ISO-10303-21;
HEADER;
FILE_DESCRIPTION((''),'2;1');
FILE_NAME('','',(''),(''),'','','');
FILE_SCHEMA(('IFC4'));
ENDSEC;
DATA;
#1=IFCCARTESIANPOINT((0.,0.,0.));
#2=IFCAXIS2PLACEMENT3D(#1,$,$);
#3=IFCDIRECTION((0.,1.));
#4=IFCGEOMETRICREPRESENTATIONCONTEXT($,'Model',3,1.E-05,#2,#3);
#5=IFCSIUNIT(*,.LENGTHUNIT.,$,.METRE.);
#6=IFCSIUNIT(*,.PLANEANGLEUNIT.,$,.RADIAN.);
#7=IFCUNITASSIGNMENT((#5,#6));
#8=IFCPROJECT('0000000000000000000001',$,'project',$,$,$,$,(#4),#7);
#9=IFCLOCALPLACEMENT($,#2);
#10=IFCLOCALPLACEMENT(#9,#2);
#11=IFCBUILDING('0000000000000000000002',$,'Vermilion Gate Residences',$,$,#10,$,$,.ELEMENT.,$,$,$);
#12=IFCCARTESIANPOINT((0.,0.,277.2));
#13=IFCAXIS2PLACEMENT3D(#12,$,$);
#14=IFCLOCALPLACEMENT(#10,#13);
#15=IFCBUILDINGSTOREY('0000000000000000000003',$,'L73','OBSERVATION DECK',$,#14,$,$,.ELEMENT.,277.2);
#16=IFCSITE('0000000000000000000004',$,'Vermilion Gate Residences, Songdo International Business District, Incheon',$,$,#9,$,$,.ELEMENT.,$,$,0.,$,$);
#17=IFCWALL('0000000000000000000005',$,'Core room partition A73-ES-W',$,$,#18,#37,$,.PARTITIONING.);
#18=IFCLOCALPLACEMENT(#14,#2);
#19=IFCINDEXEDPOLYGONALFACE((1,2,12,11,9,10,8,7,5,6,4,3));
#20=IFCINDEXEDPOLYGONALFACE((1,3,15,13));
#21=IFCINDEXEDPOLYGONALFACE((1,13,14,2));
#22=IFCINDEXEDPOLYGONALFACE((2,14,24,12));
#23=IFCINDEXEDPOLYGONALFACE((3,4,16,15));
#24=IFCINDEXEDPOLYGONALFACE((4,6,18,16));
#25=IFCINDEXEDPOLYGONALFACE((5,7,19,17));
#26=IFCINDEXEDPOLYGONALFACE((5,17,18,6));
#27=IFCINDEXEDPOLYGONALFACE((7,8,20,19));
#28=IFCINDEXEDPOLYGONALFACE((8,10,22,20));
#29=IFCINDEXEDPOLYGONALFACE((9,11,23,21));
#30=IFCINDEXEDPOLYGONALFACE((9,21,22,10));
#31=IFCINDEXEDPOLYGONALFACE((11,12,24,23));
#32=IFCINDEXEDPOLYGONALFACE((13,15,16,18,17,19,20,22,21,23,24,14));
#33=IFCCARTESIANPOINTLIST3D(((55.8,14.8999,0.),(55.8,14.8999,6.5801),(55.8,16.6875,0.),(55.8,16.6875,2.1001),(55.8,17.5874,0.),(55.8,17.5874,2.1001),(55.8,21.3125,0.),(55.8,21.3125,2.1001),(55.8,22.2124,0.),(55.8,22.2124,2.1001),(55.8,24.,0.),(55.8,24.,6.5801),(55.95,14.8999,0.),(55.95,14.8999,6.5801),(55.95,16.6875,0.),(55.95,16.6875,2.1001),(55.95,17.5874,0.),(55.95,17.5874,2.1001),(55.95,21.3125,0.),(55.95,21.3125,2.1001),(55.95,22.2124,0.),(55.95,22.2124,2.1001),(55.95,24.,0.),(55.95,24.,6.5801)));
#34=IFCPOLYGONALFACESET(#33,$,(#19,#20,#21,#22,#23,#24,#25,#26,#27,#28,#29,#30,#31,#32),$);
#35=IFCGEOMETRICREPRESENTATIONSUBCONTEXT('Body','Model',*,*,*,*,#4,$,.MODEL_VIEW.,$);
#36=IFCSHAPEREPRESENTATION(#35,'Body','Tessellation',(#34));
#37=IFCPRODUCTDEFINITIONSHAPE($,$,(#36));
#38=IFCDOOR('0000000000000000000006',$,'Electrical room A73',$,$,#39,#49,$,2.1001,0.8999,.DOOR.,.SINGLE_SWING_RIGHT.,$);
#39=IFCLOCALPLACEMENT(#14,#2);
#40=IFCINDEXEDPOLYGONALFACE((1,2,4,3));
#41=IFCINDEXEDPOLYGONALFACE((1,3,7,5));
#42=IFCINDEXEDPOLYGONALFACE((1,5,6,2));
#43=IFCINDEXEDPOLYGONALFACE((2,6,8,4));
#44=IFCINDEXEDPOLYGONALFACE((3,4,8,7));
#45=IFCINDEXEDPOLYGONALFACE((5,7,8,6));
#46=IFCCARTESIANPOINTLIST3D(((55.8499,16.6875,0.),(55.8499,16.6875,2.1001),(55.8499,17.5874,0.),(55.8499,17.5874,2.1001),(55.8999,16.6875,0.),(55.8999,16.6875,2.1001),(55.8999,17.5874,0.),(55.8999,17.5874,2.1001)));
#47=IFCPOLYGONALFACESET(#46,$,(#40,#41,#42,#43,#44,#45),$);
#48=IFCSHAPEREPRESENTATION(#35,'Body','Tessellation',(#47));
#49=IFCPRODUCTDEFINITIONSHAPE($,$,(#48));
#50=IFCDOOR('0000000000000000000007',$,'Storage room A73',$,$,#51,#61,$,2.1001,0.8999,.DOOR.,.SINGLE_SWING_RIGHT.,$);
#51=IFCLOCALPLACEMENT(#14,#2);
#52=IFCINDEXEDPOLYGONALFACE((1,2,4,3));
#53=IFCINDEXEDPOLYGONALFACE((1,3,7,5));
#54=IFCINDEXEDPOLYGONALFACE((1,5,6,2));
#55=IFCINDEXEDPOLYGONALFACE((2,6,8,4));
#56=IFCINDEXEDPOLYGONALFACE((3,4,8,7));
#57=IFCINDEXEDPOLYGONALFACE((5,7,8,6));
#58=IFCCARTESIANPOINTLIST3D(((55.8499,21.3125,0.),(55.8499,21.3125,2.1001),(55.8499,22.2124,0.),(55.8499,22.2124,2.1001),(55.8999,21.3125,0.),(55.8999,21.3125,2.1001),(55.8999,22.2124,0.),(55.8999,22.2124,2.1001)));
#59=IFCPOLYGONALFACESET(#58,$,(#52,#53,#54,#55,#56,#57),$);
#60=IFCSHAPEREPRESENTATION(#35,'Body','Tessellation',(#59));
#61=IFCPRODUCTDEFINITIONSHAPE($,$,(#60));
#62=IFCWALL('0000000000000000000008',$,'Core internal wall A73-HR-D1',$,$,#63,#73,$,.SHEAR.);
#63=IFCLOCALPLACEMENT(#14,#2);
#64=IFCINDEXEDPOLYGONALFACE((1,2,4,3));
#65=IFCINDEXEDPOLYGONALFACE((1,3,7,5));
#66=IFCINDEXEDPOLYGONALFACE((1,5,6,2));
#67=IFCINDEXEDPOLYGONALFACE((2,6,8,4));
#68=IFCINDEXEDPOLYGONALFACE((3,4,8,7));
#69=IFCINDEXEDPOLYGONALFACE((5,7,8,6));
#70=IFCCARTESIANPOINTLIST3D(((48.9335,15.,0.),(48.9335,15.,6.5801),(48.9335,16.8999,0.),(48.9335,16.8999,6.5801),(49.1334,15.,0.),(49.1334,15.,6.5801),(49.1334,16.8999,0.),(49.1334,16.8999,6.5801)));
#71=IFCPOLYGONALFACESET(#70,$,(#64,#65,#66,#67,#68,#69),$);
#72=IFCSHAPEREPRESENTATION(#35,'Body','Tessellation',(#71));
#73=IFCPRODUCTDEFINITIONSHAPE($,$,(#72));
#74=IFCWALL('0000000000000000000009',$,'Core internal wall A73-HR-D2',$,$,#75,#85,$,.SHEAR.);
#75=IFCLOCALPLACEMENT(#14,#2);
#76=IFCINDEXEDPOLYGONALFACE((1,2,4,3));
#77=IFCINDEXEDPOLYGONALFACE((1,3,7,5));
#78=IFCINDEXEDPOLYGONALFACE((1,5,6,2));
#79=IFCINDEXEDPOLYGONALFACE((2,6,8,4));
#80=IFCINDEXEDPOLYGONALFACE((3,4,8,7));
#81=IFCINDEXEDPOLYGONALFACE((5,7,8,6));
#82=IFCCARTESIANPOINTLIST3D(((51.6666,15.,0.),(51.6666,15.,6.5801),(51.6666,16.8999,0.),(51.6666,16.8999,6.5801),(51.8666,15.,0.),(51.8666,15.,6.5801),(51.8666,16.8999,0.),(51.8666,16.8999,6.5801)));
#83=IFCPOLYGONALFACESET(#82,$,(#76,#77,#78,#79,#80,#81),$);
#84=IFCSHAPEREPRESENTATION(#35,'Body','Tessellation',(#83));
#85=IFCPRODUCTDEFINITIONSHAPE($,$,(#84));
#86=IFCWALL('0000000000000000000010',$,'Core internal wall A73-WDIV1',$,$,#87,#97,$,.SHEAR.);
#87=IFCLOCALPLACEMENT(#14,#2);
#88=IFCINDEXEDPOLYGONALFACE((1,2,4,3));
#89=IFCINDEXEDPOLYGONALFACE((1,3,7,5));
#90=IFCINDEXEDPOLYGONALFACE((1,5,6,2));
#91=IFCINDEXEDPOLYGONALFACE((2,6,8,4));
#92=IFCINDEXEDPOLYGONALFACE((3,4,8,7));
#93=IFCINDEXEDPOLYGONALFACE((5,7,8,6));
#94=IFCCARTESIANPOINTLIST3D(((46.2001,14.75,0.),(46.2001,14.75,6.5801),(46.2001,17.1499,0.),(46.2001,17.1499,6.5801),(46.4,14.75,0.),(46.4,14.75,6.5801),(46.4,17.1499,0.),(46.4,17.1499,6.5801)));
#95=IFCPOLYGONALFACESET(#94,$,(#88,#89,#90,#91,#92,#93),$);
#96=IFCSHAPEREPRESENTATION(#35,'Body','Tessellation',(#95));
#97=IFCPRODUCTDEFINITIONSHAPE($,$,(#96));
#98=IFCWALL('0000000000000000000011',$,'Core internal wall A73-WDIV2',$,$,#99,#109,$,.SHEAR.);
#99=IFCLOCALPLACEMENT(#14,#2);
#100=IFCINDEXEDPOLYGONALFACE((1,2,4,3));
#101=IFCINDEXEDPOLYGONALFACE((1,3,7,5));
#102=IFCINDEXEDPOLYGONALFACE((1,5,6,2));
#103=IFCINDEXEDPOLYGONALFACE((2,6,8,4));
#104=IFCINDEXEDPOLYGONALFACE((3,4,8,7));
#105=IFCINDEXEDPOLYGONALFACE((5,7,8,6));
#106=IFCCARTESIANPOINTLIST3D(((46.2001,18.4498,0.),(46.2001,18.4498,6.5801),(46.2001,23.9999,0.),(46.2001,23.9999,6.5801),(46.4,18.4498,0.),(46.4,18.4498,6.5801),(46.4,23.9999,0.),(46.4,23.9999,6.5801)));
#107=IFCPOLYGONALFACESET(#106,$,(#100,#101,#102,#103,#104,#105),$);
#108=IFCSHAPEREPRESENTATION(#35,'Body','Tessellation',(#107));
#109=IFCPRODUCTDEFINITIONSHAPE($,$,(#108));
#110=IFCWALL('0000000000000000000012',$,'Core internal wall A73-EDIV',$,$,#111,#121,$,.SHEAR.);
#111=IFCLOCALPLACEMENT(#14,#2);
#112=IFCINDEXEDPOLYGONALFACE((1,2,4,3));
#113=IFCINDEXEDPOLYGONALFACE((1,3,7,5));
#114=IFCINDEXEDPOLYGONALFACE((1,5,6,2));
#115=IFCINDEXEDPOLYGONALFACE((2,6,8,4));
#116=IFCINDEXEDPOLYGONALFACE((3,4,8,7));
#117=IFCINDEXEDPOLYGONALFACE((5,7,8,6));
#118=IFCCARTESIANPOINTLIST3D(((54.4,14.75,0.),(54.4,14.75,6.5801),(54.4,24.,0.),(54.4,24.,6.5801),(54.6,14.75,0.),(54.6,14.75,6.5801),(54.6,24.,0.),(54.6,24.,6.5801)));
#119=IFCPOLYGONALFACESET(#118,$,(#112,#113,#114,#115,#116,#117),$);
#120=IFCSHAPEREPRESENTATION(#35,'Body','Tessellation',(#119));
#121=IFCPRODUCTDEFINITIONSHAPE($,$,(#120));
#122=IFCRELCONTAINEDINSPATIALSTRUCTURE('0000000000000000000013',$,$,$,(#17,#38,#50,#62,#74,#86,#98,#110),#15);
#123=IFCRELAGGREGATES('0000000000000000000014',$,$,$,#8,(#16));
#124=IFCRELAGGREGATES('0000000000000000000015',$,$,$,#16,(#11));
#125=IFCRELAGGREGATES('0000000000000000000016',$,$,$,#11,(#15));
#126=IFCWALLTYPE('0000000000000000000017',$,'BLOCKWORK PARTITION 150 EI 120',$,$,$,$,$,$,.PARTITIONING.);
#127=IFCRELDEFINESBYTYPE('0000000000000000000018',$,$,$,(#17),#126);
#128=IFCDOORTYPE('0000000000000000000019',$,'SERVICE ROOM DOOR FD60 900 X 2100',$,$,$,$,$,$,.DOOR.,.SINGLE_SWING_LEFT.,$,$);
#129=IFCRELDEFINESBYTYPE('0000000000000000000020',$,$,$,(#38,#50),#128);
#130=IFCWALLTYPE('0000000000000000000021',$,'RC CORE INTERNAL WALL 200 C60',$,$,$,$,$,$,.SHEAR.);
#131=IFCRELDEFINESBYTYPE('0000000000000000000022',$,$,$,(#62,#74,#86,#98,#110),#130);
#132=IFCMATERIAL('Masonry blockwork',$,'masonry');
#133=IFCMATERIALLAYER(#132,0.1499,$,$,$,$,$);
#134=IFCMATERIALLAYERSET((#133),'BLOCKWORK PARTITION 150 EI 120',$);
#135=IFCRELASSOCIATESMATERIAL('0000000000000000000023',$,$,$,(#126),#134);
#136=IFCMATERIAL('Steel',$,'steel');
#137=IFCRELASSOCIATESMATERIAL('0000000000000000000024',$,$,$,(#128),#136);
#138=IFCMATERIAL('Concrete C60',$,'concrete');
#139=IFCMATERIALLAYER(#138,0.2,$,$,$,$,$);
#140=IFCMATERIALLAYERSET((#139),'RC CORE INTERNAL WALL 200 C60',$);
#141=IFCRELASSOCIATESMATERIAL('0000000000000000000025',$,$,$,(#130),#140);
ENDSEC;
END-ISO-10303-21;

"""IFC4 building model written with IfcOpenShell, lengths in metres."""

from ifc_helpers import new_model, si_unit, direction, frame, frame_2d, origin, place, context, subcontext, project, spatial, rectangle, extrude, material, layer, layer_set, type_object, element, fill, save


model = new_model("IFC4")

# Units and contexts
model_context = context("Model", 3, precision=1e-05, world=origin(), true_north=direction((0.0, 1.0)))
body_context = subcontext(model_context, "Body", "Model", "MODEL_VIEW")
ifc_project = project(units=[si_unit("LENGTHUNIT", "METRE"), si_unit("PLANEANGLEUNIT", "RADIAN")], contexts=[model_context])

# Site, building, storey
site_placement = place(None, origin())
site = spatial("IfcSite", under=ifc_project, at=site_placement, Name="Vermilion Gate Residences, Songdo International Business District, Incheon", CompositionType="ELEMENT", RefElevation=0.0)
building_placement = place(site_placement, origin())
building = spatial("IfcBuilding", under=site, at=building_placement, Name="Vermilion Gate Residences", CompositionType="ELEMENT")
storey_placement = place(building_placement, frame((0.0, 0.0, 277.2)))
storey = spatial("IfcBuildingStorey", under=building, at=storey_placement, Name="L73", Description="OBSERVATION DECK", CompositionType="ELEMENT", Elevation=277.2)

# Shared definitions
ifc_material_1 = material(Name="Masonry blockwork", Category="masonry")
ifc_layer_1 = layer(ifc_material_1, 0.1499)
ifc_layer_set_1 = layer_set([ifc_layer_1], Name="BLOCKWORK PARTITION 150 EI 120")
wall_type_1 = type_object("IfcWallType", Name="BLOCKWORK PARTITION 150 EI 120", PredefinedType="PARTITIONING", material=ifc_layer_set_1)

# Shared definitions
ifc_material_2 = material(Name="Steel", Category="steel")
door_type_1 = type_object("IfcDoorType", Name="SERVICE ROOM DOOR FD60 900 X 2100", OperationType="SINGLE_SWING_LEFT", PredefinedType="DOOR", material=ifc_material_2)

# Wall, openings, doors
wall_1_placement = place(storey_placement, frame((55.875, 14.8999, 0.0), z_axis=(0.0, 0.0, 1.0), x_axis=(0.0, 1.0, 0.0)))
wall_1 = element("IfcWall", 1, at=wall_1_placement, inside=storey, type_object=wall_type_1, Name="Core room partition A73-ES-W", PredefinedType="PARTITIONING", context=body_context, shape_type="SweptSolid", body=[
    extrude(rectangle(XDim=9.1001, YDim=0.1499, at=frame_2d((4.55, 0.0))), origin(), (0.0, 0.0, 1.0), 6.5801),
])
opening_1_placement = place(wall_1_placement, frame((1.7876, 0.0, 0.0)))
opening_1 = element("IfcOpeningElement", 2, at=opening_1_placement, cuts=wall_1, PredefinedType="OPENING", context=body_context, shape_type="SweptSolid", body=[
    extrude(rectangle(XDim=0.8999, YDim=2.1001, at=frame_2d((0.45, 1.05))), frame((0.0, 0.085, 0.0), z_axis=(0.0, -1.0, 0.0), x_axis=(1.0, 0.0, 0.0)), (0.0, 0.0, 1.0), 0.1699),
])
opening_2_placement = place(wall_1_placement, frame((6.4126, 0.0, 0.0)))
opening_2 = element("IfcOpeningElement", 3, at=opening_2_placement, cuts=wall_1, PredefinedType="OPENING", context=body_context, shape_type="SweptSolid", body=[
    extrude(rectangle(XDim=0.8999, YDim=2.1001, at=frame_2d((0.45, 1.05))), frame((0.0, 0.085, 0.0), z_axis=(0.0, -1.0, 0.0), x_axis=(1.0, 0.0, 0.0)), (0.0, 0.0, 1.0), 0.1699),
])
door_1_placement = place(opening_1_placement, frame((0.8999, 0.0, 0.0), z_axis=(0.0, 0.0, 1.0), x_axis=(-1.0, 0.0, 0.0)))
door_1 = element("IfcDoor", 4, at=door_1_placement, inside=storey, type_object=door_type_1, Name="Electrical room A73", OperationType="SINGLE_SWING_RIGHT", OverallHeight=2.1001, OverallWidth=0.8999, PredefinedType="DOOR", context=body_context, shape_type="SweptSolid", body=[
    extrude(rectangle(XDim=0.8999, YDim=2.1001, at=frame_2d((0.45, 1.05))), frame((0.0, 0.0249, 0.0), z_axis=(0.0, -1.0, 0.0), x_axis=(1.0, 0.0, 0.0)), (0.0, 0.0, 1.0), 0.05),
])
fill(opening_1, door_1)
door_2_placement = place(opening_2_placement, frame((0.8999, 0.0, 0.0), z_axis=(0.0, 0.0, 1.0), x_axis=(-1.0, 0.0, 0.0)))
door_2 = element("IfcDoor", 5, at=door_2_placement, inside=storey, type_object=door_type_1, Name="Storage room A73", OperationType="SINGLE_SWING_RIGHT", OverallHeight=2.1001, OverallWidth=0.8999, PredefinedType="DOOR", context=body_context, shape_type="SweptSolid", body=[
    extrude(rectangle(XDim=0.8999, YDim=2.1001, at=frame_2d((0.45, 1.05))), frame((0.0, 0.0249, 0.0), z_axis=(0.0, -1.0, 0.0), x_axis=(1.0, 0.0, 0.0)), (0.0, 0.0, 1.0), 0.05),
])
fill(opening_2, door_2)

# Walls
ifc_material_3 = material(Name="Concrete C60", Category="concrete")
ifc_layer_2 = layer(ifc_material_3, 0.2)
ifc_layer_set_2 = layer_set([ifc_layer_2], Name="RC CORE INTERNAL WALL 200 C60")
wall_type_2 = type_object("IfcWallType", Name="RC CORE INTERNAL WALL 200 C60", PredefinedType="SHEAR", material=ifc_layer_set_2)
for number, where, z_axis, x_axis, name in (
    (6, (49.0334, 15.0, 0.0), (0.0, 0.0, 1.0), (0.0, 1.0, 0.0), "Core internal wall A73-HR-D1"),
    (7, (51.7666, 15.0, 0.0), (0.0, 0.0, 1.0), (0.0, 1.0, 0.0), "Core internal wall A73-HR-D2"),
):
    element("IfcWall", number, at=place(storey_placement, frame(where, z_axis=z_axis, x_axis=x_axis)), inside=storey, type_object=wall_type_2, Name=name, PredefinedType="SHEAR", context=body_context, shape_type="SweptSolid", body=[
        extrude(rectangle(XDim=1.8999, YDim=0.2, at=frame_2d((0.95, 0.0))), origin(), (0.0, 0.0, 1.0), 6.5801),
    ])
wall_2_placement = place(storey_placement, frame((46.3, 14.75, 0.0), z_axis=(0.0, 0.0, 1.0), x_axis=(0.0, 1.0, 0.0)))
element("IfcWall", 8, at=wall_2_placement, inside=storey, type_object=wall_type_2, Name="Core internal wall A73-WDIV1", PredefinedType="SHEAR", context=body_context, shape_type="SweptSolid", body=[
    extrude(rectangle(XDim=2.3999, YDim=0.2, at=frame_2d((1.2, 0.0))), origin(), (0.0, 0.0, 1.0), 6.5801),
])
wall_3_placement = place(storey_placement, frame((46.3, 18.45, 0.0), z_axis=(0.0, 0.0, 1.0), x_axis=(0.0, 1.0, 0.0)))
element("IfcWall", 9, at=wall_3_placement, inside=storey, type_object=wall_type_2, Name="Core internal wall A73-WDIV2", PredefinedType="SHEAR", context=body_context, shape_type="SweptSolid", body=[
    extrude(rectangle(XDim=5.55, YDim=0.2, at=frame_2d((2.7749, 0.0))), origin(), (0.0, 0.0, 1.0), 6.5801),
])
wall_4_placement = place(storey_placement, frame((54.5, 14.75, 0.0), z_axis=(0.0, 0.0, 1.0), x_axis=(0.0, 1.0, 0.0)))
element("IfcWall", 10, at=wall_4_placement, inside=storey, type_object=wall_type_2, Name="Core internal wall A73-EDIV", PredefinedType="SHEAR", context=body_context, shape_type="SweptSolid", body=[
    extrude(rectangle(XDim=9.25, YDim=0.2, at=frame_2d((4.625, 0.0))), origin(), (0.0, 0.0, 1.0), 6.5801),
])

save(model, "model.ifc")
